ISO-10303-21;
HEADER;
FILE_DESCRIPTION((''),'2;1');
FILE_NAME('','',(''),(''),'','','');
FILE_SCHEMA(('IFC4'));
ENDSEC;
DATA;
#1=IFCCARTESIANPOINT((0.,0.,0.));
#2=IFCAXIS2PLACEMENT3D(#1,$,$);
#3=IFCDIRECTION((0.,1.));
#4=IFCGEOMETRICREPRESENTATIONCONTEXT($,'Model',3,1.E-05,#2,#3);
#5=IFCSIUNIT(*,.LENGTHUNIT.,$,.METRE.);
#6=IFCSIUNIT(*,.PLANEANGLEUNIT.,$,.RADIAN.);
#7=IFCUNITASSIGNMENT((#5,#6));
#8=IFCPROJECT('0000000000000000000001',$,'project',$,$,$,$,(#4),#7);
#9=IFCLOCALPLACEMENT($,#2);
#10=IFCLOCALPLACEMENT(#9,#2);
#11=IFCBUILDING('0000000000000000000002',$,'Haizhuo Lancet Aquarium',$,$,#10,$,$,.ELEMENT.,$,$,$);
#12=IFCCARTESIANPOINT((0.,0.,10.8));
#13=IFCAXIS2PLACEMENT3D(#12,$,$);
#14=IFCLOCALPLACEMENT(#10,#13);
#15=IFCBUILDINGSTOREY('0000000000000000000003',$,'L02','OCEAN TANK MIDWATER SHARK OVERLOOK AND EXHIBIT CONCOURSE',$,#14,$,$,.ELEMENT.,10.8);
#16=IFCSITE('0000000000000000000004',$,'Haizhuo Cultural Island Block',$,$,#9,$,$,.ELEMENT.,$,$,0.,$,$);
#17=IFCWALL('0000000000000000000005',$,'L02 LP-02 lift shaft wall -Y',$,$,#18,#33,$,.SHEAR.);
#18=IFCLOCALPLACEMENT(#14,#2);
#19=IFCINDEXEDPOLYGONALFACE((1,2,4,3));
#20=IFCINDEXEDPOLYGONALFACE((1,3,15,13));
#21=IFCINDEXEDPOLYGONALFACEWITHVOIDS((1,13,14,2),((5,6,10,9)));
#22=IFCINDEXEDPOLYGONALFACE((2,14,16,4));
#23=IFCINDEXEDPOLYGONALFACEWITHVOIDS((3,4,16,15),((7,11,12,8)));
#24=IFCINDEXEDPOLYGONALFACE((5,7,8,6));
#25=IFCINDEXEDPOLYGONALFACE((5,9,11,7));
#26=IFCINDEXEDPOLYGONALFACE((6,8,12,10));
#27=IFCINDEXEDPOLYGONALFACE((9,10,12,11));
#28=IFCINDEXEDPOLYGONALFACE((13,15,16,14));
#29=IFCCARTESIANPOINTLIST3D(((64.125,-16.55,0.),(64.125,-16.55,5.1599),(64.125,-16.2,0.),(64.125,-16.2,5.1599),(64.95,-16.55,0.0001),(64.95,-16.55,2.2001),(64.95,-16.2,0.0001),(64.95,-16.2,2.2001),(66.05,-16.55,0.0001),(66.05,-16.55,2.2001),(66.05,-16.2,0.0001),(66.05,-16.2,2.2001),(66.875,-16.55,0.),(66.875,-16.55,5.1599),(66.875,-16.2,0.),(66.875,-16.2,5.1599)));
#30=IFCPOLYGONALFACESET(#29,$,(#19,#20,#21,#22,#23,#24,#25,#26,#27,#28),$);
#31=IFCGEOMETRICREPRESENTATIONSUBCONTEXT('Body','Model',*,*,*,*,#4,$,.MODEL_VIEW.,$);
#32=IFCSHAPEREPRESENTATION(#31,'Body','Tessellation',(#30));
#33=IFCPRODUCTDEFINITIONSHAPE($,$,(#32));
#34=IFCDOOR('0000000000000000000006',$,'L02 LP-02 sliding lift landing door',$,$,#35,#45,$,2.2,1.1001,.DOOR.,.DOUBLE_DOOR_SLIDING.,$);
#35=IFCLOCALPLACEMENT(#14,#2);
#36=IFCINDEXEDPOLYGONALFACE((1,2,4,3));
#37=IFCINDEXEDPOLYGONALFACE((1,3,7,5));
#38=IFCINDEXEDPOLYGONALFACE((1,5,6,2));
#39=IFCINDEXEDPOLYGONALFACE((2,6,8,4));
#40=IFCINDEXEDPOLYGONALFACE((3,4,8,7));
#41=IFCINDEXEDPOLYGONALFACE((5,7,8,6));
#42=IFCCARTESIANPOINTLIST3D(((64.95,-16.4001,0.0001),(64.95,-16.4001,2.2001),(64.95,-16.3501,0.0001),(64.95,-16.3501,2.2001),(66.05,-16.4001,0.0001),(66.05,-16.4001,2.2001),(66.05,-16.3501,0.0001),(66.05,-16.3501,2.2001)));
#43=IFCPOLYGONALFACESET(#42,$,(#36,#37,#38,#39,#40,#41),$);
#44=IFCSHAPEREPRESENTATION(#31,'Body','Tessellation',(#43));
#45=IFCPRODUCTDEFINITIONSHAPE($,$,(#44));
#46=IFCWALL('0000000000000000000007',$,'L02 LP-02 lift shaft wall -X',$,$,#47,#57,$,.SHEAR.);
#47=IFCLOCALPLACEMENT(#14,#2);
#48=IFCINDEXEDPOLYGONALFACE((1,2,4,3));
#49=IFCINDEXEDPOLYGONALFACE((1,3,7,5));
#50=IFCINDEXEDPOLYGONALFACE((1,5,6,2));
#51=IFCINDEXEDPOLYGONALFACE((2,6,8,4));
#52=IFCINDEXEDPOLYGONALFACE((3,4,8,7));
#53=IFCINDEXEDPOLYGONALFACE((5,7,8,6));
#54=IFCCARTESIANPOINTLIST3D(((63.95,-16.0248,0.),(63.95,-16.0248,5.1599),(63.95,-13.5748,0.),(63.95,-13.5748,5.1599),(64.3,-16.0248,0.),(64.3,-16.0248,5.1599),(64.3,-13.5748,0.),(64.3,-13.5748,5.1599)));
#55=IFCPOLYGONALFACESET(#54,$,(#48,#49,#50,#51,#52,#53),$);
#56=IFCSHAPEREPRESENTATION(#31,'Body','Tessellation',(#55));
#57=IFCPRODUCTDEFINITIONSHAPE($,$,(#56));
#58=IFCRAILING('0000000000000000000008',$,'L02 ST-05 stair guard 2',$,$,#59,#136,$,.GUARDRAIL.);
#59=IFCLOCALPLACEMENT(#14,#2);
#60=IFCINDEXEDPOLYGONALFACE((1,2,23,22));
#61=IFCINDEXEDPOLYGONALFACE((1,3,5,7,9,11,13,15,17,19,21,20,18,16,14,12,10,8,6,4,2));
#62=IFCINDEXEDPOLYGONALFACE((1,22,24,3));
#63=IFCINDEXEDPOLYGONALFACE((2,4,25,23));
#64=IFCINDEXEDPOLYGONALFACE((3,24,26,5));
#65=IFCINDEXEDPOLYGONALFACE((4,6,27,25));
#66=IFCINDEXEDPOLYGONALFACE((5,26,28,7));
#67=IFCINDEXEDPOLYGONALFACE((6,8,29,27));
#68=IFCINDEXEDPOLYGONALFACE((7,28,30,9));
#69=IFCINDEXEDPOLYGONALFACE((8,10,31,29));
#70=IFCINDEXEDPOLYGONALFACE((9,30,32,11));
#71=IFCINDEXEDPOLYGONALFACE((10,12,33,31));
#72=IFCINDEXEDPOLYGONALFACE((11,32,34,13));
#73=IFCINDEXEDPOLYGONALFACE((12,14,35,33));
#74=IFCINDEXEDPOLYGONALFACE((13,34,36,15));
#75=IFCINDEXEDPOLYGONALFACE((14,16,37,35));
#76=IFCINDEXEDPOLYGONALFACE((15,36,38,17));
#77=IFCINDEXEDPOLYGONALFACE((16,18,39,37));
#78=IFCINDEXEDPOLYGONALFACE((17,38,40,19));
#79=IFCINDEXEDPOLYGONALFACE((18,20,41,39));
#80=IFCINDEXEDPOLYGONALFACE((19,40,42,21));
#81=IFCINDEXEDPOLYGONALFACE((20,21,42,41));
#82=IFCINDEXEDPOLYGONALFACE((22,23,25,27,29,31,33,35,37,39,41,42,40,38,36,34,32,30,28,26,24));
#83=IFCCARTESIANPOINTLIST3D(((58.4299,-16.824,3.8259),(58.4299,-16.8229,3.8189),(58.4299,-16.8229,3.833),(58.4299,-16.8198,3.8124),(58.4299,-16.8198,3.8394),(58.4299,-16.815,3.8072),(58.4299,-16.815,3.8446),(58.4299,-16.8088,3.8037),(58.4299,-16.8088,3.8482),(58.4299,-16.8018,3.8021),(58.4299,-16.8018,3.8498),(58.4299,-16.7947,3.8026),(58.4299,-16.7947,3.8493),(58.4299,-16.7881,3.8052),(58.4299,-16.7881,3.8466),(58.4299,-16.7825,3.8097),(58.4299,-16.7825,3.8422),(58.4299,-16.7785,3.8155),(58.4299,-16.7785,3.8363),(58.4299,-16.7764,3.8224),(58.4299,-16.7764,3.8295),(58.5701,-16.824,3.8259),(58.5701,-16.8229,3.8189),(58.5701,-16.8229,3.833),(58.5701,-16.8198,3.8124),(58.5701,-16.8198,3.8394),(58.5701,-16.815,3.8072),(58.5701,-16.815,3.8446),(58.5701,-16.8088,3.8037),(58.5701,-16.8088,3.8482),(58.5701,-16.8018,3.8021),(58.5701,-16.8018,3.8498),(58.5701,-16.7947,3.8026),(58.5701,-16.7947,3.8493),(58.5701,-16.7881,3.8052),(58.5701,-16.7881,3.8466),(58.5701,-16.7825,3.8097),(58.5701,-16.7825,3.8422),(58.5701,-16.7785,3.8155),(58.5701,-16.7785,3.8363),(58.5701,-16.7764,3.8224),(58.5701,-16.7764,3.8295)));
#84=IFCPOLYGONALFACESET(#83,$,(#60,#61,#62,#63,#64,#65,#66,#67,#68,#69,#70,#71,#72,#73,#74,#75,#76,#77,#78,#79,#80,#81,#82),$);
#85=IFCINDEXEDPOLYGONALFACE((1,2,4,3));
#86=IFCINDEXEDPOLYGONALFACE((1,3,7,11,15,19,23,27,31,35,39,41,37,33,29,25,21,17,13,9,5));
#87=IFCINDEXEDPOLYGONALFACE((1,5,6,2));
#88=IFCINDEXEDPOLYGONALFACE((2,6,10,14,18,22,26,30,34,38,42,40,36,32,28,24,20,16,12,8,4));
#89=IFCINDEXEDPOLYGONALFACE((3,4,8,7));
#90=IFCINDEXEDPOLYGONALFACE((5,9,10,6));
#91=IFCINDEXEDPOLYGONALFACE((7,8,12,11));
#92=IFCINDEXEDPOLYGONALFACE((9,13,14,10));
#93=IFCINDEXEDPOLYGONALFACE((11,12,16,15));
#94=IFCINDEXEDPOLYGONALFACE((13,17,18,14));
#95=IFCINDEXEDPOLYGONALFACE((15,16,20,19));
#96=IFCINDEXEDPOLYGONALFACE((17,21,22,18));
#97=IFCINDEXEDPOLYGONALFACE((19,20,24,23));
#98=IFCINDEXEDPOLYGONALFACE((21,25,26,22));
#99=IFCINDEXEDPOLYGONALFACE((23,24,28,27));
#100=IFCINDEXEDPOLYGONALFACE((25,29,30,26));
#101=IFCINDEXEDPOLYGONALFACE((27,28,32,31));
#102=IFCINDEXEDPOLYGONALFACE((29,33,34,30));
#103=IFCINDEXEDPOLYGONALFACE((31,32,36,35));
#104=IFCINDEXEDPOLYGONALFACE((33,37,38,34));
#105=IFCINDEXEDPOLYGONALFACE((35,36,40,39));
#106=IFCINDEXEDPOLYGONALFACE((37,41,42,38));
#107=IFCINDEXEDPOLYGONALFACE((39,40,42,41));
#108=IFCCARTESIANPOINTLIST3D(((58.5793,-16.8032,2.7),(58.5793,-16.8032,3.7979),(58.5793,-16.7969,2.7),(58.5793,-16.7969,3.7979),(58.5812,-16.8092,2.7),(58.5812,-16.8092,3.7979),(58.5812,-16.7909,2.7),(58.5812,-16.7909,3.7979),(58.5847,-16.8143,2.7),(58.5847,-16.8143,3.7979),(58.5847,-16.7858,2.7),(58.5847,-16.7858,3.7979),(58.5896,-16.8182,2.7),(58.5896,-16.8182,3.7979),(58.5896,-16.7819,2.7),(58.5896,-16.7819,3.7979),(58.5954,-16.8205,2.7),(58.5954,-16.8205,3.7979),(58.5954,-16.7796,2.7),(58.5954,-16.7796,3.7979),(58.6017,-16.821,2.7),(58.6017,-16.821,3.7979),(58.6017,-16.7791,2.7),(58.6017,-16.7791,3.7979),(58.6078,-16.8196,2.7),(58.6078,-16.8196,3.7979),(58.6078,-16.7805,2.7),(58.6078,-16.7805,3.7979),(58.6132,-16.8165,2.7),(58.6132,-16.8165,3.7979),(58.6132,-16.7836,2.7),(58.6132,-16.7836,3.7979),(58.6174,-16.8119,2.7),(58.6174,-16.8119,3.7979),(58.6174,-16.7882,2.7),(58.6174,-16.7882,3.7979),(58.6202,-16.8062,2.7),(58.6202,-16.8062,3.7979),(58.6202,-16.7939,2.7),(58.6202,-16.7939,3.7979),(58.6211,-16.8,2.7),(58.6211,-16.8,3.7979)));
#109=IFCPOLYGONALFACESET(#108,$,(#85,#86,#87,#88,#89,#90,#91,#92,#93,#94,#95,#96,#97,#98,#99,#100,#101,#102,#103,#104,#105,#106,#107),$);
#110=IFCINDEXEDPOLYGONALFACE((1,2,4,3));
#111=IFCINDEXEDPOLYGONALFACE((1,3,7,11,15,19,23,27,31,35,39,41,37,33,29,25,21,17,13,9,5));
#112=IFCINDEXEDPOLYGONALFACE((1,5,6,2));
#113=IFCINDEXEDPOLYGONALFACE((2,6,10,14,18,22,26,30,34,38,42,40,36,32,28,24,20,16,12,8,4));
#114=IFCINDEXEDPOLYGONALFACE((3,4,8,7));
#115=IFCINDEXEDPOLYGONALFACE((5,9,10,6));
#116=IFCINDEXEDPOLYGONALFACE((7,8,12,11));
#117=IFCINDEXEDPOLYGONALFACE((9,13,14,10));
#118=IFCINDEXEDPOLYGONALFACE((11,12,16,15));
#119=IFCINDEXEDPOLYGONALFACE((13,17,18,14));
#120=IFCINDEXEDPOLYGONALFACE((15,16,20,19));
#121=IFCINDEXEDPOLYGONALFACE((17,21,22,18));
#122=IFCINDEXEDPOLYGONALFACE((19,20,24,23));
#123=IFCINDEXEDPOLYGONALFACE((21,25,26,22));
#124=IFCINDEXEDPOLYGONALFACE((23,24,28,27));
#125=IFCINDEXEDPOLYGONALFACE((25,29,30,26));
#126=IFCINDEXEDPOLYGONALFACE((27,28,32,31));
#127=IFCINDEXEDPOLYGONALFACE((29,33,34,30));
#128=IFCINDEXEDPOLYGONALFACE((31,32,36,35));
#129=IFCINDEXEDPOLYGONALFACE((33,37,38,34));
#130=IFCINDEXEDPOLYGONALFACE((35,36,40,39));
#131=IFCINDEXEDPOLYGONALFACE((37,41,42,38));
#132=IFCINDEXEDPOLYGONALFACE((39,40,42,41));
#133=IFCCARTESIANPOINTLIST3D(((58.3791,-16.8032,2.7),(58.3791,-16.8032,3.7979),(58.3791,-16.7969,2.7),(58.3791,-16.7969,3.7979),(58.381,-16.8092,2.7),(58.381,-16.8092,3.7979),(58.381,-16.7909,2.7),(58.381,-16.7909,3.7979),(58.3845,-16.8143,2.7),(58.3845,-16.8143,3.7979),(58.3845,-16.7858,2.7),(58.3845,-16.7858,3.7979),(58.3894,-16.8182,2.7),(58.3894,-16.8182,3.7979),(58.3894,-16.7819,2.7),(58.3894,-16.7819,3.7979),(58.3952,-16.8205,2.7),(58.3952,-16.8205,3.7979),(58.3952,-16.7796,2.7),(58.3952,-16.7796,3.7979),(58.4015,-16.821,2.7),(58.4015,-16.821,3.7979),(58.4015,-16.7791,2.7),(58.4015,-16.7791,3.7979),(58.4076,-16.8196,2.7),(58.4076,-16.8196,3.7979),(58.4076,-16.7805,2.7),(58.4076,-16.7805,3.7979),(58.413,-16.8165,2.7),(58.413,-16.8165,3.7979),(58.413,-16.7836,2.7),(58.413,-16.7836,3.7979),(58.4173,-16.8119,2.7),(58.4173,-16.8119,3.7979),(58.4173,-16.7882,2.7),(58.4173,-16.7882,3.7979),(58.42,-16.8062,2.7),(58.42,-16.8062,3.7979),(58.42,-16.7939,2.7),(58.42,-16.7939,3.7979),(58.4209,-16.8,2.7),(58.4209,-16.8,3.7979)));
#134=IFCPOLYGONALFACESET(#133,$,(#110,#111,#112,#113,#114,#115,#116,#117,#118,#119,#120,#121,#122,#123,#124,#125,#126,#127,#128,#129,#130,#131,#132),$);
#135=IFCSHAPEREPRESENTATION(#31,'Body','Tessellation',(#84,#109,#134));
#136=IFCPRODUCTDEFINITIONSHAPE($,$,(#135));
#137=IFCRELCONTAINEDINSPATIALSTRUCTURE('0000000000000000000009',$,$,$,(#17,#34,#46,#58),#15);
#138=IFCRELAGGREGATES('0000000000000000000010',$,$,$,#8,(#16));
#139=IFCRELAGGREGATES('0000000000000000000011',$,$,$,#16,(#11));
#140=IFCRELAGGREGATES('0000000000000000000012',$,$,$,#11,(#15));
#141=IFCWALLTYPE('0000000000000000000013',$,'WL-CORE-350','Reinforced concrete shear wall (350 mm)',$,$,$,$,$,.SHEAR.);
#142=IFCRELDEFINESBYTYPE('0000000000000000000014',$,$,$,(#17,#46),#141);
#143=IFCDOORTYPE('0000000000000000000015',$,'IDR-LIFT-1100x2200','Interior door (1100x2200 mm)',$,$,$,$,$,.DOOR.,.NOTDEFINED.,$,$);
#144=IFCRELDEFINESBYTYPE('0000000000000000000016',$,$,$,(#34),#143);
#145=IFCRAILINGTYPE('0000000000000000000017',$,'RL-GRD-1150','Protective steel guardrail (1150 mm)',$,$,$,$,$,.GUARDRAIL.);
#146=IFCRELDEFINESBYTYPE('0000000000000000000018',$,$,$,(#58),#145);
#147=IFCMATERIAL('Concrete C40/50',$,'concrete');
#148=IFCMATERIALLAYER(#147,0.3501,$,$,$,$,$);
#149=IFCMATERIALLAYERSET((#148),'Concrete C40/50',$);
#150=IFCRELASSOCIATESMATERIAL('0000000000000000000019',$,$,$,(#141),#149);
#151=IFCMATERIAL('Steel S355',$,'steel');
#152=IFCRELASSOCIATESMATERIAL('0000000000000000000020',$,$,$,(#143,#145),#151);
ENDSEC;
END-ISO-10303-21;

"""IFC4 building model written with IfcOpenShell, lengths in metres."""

from ifc_helpers import new_model, si_unit, direction, frame, frame_2d, origin, origin_2d, place, context, subcontext, project, spatial, rectangle, circle, extrude, material, layer, layer_set, type_object, element, fill, save


model = new_model("IFC4")

# Units and contexts
model_context = context("Model", 3, precision=1e-05, world=origin(), true_north=direction((0.0, 1.0)))
body_context = subcontext(model_context, "Body", "Model", "MODEL_VIEW")
ifc_project = project(units=[si_unit("LENGTHUNIT", "METRE"), si_unit("PLANEANGLEUNIT", "RADIAN")], contexts=[model_context])

# Site, building, storey
site_placement = place(None, origin())
site = spatial("IfcSite", under=ifc_project, at=site_placement, Name="Haizhuo Cultural Island Block", CompositionType="ELEMENT", RefElevation=0.0)
building_placement = place(site_placement, origin())
building = spatial("IfcBuilding", under=site, at=building_placement, Name="Haizhuo Lancet Aquarium", CompositionType="ELEMENT")
storey_placement = place(building_placement, frame((0.0, 0.0, 10.8)))
storey = spatial("IfcBuildingStorey", under=building, at=storey_placement, Name="L02", Description="OCEAN TANK MIDWATER SHARK OVERLOOK AND EXHIBIT CONCOURSE", CompositionType="ELEMENT", Elevation=10.8)

# Shared definitions
ifc_material_1 = material(Name="Concrete C40/50", Category="concrete")

# Shared definitions
ifc_material_2 = material(Name="Steel S355", Category="steel")

# Wall, opening, door
ifc_layer_1 = layer(ifc_material_1, 0.3501)
ifc_layer_set_1 = layer_set([ifc_layer_1], Name="Concrete C40/50")
wall_type_1 = type_object("IfcWallType", Name="WL-CORE-350", Description="Reinforced concrete shear wall (350 mm)", PredefinedType="SHEAR", material=ifc_layer_set_1)
wall_1_placement = place(storey_placement, frame((64.125, -16.375, 0.0), z_axis=(0.0, 0.0, 1.0), x_axis=(1.0, 0.0, 0.0)))
wall_1 = element("IfcWall", 1, at=wall_1_placement, inside=storey, type_object=wall_type_1, Name="L02 LP-02 lift shaft wall -Y", PredefinedType="SHEAR", context=body_context, shape_type="SweptSolid", body=[
    extrude(rectangle(XDim=2.75, YDim=0.3501, at=frame_2d((1.375, 0.0))), origin(), (0.0, 0.0, 1.0), 5.1599),
])
opening_1_placement = place(wall_1_placement, frame((0.825, 0.0, 0.0)))
opening_1 = element("IfcOpeningElement", 2, at=opening_1_placement, cuts=wall_1, PredefinedType="OPENING", context=body_context, shape_type="SweptSolid", body=[
    extrude(rectangle(XDim=1.1001, YDim=2.2, at=frame_2d((0.55, 1.1001))), frame((0.0, 0.1851, 0.0), z_axis=(0.0, -1.0, 0.0), x_axis=(1.0, 0.0, 0.0)), (0.0, 0.0, 1.0), 0.3701),
])
door_type_1 = type_object("IfcDoorType", Name="IDR-LIFT-1100x2200", Description="Interior door (1100x2200 mm)", OperationType="NOTDEFINED", PredefinedType="DOOR", material=ifc_material_2)
door_1_placement = place(opening_1_placement, origin())
door_1 = element("IfcDoor", 3, at=door_1_placement, inside=storey, type_object=door_type_1, Name="L02 LP-02 sliding lift landing door", OperationType="DOUBLE_DOOR_SLIDING", OverallHeight=2.2, OverallWidth=1.1001, PredefinedType="DOOR", context=body_context, shape_type="SweptSolid", body=[
    extrude(rectangle(XDim=1.1001, YDim=2.2, at=frame_2d((0.55, 1.1001))), frame((0.0, 0.0249, 0.0), z_axis=(0.0, -1.0, 0.0), x_axis=(1.0, 0.0, 0.0)), (0.0, 0.0, 1.0), 0.05),
])
fill(opening_1, door_1)

# Wall
wall_2_placement = place(storey_placement, frame((64.125, -16.0249, 0.0), z_axis=(0.0, 0.0, 1.0), x_axis=(0.0, 1.0, 0.0)))
element("IfcWall", 4, at=wall_2_placement, inside=storey, type_object=wall_type_1, Name="L02 LP-02 lift shaft wall -X", PredefinedType="SHEAR", context=body_context, shape_type="SweptSolid", body=[
    extrude(rectangle(XDim=2.45, YDim=0.3501, at=frame_2d((1.2251, 0.0))), origin(), (0.0, 0.0, 1.0), 5.1599),
])

# Railing
railing_type = type_object("IfcRailingType", Name="RL-GRD-1150", Description="Protective steel guardrail (1150 mm)", PredefinedType="GUARDRAIL", material=ifc_material_2)
railing_placement = place(storey_placement, frame((58.6001, -16.8, 2.7)))
element("IfcRailing", 5, at=railing_placement, inside=storey, type_object=railing_type, Name="L02 ST-05 stair guard 2", PredefinedType="GUARDRAIL", context=body_context, shape_type="SweptSolid", body=[
    extrude(circle(Radius=0.0239, at=origin_2d()), frame((-0.03, 0.0, 1.126), z_axis=(-1.0, 0.0, 0.0), x_axis=(0.0, -1.0, 0.0)), (0.0, 0.0, 1.0), 0.1401),
    extrude(circle(Radius=0.021, at=origin_2d()), origin(), (0.0, 0.0, 1.0), 1.0979),
    extrude(circle(Radius=0.021, at=origin_2d()), frame((-0.2002, 0.0, 0.0)), (0.0, 0.0, 1.0), 1.0979),
])

save(model, "model.ifc")
